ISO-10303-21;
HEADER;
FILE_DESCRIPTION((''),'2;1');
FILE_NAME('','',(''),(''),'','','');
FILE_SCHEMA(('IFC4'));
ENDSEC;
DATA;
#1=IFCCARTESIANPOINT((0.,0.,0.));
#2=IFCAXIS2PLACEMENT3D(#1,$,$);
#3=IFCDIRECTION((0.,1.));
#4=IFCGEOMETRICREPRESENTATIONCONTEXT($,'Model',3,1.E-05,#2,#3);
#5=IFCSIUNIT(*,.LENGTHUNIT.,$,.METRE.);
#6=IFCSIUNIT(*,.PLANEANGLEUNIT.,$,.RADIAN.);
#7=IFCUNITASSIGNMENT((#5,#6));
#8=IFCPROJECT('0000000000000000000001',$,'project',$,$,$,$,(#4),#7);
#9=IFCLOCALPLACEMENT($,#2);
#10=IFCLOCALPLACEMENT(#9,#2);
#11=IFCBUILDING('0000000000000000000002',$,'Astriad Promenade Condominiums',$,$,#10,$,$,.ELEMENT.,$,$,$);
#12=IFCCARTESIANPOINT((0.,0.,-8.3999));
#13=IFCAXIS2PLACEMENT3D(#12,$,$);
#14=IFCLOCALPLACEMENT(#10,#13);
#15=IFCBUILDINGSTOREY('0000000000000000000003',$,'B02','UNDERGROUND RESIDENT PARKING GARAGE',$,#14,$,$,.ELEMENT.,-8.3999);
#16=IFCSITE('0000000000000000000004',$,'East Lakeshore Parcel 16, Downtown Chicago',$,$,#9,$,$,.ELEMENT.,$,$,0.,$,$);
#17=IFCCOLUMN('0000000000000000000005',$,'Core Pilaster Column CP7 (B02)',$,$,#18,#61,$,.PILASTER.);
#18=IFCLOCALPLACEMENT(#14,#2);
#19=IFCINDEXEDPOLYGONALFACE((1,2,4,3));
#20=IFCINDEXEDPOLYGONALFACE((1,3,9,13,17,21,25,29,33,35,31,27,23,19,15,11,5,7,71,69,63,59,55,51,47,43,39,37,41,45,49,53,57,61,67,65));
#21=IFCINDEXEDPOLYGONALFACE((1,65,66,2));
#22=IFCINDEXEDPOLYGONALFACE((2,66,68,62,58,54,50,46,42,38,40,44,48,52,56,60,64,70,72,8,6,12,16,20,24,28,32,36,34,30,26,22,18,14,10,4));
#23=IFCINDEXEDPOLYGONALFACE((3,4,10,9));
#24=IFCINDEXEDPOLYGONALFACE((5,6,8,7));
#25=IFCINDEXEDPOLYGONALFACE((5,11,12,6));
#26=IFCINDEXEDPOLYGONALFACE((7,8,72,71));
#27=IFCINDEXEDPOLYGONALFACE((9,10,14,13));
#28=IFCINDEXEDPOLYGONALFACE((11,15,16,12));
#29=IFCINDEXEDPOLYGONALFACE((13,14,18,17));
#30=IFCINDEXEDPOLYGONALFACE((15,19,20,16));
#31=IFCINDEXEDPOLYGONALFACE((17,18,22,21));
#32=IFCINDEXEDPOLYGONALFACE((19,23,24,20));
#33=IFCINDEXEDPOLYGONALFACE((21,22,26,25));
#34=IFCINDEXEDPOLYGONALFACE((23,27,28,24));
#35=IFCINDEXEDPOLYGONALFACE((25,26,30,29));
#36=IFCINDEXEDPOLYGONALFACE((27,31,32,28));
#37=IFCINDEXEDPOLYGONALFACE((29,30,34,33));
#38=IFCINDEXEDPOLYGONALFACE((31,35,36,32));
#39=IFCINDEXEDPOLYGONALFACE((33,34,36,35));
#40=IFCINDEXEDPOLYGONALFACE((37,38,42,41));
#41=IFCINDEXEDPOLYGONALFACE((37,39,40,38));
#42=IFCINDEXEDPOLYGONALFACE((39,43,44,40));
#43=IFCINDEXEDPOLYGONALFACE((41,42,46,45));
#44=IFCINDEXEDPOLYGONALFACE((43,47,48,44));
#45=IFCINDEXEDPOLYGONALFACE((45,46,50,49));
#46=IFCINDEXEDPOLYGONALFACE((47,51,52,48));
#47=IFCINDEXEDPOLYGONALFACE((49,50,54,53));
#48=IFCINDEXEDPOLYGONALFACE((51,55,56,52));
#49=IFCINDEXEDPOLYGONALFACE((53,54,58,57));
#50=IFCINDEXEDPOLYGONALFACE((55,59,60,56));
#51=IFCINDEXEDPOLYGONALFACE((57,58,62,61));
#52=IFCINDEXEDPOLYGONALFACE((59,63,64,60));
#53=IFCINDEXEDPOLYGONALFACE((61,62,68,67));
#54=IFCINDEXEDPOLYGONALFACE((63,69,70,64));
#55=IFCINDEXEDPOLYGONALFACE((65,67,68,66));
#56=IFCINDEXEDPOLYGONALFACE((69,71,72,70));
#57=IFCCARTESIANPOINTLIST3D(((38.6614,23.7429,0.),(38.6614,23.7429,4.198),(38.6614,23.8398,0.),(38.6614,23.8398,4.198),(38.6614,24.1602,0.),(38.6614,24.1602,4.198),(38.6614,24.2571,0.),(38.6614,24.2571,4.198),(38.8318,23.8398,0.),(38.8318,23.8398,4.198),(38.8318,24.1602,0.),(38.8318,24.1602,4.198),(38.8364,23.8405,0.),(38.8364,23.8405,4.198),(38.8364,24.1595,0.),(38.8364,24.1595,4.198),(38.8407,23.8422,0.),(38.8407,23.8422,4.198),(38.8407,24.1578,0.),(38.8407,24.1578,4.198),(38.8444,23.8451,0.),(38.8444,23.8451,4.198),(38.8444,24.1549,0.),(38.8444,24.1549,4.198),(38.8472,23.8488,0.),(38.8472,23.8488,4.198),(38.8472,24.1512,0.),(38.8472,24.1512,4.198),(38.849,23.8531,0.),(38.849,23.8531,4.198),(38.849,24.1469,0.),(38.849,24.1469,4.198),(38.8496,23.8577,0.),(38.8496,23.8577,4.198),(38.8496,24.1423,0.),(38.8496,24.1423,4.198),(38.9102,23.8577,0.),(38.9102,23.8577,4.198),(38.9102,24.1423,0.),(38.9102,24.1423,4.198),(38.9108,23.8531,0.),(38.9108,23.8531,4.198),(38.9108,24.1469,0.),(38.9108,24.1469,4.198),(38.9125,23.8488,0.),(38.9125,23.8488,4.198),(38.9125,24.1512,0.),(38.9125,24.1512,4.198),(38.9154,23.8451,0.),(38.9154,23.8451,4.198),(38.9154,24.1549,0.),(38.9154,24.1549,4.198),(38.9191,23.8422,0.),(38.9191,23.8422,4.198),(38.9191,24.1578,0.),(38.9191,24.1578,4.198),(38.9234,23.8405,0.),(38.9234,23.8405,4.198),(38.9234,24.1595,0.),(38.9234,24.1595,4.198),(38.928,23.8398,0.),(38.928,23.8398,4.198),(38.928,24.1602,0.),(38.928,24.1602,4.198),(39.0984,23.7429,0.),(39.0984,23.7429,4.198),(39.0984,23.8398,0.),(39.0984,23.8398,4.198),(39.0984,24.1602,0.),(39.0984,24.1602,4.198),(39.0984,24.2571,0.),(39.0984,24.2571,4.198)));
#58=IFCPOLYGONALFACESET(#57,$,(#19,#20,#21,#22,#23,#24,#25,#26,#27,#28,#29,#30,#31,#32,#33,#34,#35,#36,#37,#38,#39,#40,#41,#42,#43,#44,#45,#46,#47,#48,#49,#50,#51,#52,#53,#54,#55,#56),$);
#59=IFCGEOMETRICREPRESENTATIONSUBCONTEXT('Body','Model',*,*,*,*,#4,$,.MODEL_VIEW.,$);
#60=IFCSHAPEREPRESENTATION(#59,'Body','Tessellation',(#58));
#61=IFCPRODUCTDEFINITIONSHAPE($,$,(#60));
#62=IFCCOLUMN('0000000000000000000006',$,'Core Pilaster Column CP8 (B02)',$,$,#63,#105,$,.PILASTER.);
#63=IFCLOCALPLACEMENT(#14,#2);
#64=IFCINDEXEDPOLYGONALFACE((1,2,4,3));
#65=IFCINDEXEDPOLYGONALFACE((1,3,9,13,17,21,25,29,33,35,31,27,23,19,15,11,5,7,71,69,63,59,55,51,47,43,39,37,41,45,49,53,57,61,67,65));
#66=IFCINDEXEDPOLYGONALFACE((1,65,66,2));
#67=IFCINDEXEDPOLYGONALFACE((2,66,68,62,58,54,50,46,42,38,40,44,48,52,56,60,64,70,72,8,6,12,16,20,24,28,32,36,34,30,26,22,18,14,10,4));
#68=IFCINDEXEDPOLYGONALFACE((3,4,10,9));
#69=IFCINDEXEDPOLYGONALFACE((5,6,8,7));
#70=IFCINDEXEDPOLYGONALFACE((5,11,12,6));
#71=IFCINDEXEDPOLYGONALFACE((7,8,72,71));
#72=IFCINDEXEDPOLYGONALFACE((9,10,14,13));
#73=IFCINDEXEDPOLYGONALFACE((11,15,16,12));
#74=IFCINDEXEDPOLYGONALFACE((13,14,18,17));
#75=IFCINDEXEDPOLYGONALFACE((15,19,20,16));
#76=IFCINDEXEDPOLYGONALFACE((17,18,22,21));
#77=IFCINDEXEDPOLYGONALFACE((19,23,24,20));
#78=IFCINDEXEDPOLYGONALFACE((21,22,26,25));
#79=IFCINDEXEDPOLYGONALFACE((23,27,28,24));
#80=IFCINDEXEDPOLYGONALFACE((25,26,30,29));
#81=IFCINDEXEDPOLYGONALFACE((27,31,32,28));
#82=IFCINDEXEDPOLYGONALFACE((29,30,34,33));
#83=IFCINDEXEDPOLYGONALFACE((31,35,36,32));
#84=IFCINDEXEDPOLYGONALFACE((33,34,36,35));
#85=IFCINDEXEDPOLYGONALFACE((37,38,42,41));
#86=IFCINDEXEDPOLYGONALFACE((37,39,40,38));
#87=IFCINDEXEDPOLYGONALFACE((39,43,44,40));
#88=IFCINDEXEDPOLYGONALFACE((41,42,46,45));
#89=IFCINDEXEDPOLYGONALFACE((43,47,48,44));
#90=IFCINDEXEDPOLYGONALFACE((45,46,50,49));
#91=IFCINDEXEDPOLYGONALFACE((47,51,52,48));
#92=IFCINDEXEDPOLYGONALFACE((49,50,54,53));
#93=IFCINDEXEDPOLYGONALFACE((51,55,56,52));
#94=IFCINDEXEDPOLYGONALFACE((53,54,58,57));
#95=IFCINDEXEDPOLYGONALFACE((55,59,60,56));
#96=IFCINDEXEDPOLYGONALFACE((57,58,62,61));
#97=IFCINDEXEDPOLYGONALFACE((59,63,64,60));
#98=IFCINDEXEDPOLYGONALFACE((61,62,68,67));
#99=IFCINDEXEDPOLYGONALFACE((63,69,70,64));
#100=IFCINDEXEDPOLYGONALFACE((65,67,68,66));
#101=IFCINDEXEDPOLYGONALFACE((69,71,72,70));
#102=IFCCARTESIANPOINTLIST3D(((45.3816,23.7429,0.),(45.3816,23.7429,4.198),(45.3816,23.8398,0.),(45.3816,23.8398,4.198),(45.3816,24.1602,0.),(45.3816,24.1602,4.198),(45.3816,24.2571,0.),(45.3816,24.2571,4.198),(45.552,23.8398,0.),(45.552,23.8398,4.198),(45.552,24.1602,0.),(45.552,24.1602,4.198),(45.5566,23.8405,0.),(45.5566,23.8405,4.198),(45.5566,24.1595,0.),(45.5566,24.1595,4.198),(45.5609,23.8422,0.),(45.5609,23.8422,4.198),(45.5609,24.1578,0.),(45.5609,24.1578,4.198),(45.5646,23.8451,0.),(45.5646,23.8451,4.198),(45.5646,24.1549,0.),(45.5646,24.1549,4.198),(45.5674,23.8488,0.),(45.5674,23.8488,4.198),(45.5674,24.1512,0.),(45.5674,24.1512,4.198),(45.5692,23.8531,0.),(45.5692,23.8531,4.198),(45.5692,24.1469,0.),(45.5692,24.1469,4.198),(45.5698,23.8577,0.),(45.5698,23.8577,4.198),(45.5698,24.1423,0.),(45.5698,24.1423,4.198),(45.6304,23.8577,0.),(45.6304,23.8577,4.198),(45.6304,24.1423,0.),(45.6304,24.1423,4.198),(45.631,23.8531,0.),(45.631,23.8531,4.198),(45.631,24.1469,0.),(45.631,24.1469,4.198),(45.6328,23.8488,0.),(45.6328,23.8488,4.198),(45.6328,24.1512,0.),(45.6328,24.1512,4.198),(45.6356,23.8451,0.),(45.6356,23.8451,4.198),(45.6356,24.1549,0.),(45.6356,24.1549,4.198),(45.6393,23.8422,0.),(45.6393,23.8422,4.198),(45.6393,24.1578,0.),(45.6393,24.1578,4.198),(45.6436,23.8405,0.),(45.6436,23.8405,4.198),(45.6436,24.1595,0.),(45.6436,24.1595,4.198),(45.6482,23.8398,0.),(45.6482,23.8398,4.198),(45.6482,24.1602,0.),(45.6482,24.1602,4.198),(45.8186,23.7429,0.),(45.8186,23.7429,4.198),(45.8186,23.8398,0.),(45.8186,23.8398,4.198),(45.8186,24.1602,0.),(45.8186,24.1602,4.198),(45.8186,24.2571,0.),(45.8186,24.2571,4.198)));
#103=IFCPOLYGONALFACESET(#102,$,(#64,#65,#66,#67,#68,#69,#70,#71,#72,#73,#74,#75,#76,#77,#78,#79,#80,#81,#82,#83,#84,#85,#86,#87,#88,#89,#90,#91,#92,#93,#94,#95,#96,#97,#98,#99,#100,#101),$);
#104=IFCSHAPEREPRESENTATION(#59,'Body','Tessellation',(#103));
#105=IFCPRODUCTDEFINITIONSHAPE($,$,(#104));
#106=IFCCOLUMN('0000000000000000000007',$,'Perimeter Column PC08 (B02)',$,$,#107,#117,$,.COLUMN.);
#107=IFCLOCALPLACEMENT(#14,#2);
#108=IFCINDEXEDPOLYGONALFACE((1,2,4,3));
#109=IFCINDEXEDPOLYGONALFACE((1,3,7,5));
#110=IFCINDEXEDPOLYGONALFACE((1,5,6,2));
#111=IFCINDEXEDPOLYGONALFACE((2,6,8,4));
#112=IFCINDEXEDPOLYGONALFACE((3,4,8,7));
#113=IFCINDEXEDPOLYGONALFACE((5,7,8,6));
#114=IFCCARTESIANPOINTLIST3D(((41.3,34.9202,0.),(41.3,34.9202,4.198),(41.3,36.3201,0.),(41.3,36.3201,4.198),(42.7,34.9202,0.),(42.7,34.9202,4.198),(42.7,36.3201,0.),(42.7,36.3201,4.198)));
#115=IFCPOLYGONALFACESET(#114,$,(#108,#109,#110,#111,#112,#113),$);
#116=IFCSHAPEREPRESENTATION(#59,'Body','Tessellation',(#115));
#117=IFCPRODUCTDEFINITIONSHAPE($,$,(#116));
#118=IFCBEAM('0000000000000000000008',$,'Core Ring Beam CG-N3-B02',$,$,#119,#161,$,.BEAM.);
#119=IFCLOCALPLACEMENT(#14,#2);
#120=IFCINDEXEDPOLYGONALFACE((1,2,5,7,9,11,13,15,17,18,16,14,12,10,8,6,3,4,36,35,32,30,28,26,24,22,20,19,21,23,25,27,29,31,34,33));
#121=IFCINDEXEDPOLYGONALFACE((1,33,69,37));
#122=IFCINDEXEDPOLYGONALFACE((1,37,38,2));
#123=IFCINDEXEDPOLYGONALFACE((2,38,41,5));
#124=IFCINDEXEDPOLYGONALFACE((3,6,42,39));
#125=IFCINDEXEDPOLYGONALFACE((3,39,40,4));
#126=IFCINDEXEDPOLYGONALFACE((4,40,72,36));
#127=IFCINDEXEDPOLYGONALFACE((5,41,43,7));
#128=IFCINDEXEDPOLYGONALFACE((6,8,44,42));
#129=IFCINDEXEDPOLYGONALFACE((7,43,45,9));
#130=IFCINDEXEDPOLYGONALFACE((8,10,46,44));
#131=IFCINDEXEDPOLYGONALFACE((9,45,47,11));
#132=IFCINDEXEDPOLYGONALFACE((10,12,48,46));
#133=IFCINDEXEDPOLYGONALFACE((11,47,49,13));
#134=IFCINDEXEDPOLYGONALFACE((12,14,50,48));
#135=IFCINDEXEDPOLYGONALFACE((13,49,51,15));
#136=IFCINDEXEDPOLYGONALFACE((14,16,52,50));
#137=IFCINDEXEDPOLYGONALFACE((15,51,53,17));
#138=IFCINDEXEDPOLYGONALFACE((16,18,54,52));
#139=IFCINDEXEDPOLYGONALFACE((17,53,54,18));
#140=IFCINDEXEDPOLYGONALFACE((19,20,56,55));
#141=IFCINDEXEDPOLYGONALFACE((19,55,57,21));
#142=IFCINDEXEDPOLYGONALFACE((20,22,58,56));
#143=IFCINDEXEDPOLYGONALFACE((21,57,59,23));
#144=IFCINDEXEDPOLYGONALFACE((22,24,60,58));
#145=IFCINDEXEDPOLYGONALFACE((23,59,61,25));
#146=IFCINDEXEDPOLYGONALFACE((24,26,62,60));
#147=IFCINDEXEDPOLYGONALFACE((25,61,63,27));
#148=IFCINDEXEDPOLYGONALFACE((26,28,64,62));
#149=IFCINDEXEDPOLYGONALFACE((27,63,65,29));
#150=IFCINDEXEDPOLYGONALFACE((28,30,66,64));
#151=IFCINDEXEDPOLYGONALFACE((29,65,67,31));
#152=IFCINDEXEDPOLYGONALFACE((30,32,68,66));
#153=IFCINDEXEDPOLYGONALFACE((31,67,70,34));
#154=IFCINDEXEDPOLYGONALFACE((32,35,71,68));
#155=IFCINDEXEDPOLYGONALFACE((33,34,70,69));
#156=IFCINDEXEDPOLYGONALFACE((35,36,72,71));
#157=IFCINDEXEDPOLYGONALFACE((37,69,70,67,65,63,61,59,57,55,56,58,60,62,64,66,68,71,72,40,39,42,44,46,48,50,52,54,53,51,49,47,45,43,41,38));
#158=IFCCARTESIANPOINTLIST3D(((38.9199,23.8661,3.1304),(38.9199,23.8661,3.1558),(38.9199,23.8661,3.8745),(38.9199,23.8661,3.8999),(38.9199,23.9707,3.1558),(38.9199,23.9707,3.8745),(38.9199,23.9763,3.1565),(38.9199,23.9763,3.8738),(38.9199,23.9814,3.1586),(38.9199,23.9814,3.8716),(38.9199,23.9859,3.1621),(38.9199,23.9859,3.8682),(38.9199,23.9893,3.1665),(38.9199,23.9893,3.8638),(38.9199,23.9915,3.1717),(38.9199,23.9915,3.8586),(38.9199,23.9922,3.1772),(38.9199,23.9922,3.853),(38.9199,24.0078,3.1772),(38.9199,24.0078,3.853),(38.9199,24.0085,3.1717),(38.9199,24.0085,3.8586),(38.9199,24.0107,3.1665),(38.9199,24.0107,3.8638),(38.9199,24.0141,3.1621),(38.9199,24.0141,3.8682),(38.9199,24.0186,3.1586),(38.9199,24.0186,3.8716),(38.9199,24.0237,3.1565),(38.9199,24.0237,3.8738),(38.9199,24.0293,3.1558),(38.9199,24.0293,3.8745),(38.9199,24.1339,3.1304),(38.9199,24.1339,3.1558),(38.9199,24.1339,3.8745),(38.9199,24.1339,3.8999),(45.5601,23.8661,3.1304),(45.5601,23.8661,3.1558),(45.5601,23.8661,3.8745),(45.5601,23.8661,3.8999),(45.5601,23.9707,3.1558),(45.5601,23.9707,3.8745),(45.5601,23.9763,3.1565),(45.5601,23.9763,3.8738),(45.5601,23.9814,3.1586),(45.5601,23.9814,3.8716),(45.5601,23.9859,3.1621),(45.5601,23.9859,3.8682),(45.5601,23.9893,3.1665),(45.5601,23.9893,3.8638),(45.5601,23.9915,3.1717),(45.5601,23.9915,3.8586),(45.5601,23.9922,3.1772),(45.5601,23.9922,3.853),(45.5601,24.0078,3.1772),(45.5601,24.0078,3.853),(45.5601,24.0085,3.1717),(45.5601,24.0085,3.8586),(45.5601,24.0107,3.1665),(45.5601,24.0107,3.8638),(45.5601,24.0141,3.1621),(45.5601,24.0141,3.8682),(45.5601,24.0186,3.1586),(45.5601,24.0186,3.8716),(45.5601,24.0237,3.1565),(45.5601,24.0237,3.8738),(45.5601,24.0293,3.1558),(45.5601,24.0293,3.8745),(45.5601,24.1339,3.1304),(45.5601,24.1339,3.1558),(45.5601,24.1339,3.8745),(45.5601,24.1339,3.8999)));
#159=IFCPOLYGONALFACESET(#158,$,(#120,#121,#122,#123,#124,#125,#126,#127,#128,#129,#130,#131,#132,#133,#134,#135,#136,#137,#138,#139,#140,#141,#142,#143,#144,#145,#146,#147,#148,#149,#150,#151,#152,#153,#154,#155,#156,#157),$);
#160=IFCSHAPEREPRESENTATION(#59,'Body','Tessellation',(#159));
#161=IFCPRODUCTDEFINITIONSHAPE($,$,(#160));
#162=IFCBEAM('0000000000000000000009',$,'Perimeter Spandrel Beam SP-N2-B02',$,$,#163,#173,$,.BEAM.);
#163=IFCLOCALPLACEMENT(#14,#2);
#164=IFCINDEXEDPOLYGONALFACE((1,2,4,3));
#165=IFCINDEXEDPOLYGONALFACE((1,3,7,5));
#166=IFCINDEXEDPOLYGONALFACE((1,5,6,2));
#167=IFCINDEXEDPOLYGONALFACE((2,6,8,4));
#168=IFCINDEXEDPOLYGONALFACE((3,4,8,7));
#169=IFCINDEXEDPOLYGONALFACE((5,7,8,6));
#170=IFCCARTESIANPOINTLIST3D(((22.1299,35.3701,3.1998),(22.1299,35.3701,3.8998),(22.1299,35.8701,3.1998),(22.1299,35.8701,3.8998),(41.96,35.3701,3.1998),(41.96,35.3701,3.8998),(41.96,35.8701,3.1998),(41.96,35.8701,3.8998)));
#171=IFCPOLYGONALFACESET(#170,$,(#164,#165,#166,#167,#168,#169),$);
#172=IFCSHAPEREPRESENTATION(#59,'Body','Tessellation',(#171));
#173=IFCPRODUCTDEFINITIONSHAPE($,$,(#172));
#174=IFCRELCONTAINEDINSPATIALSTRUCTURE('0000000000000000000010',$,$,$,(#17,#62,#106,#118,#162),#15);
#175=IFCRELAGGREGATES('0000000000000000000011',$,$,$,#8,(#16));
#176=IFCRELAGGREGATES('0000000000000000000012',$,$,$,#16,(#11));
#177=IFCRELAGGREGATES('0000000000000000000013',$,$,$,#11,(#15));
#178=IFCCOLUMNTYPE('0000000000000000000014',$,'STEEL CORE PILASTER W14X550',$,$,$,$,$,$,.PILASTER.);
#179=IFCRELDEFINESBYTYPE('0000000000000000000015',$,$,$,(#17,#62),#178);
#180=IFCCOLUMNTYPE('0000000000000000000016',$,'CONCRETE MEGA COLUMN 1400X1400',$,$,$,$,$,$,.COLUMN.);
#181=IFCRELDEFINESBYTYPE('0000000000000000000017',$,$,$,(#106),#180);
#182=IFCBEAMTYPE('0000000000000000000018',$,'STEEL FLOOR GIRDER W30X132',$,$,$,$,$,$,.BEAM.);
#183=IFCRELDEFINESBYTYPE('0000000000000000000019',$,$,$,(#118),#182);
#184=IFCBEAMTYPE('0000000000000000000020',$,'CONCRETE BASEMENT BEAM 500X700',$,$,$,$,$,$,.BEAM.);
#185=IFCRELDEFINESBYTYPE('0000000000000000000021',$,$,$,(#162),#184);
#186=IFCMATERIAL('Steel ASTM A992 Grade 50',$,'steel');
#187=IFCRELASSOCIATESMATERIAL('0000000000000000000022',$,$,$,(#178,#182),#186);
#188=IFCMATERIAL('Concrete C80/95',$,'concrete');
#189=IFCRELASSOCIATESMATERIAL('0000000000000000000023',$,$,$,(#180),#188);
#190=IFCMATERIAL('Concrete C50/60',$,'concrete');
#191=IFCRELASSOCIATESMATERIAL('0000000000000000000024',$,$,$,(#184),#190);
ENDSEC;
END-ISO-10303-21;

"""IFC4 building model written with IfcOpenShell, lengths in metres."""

from ifc_helpers import new_model, si_unit, direction, frame, origin, origin_2d, place, context, subcontext, project, spatial, rectangle, i_section, extrude, source, transform, mapped, material, material_profile, profile_set, type_object, type_shapes, element, save


model = new_model("IFC4")

# Units and contexts
model_context = context("Model", 3, precision=1e-05, world=origin(), true_north=direction((0.0, 1.0)))
body_context = subcontext(model_context, "Body", "Model", "MODEL_VIEW")
ifc_project = project(units=[si_unit("LENGTHUNIT", "METRE"), si_unit("PLANEANGLEUNIT", "RADIAN")], contexts=[model_context])

# Site, building, storey
site_placement = place(None, origin())
site = spatial("IfcSite", under=ifc_project, at=site_placement, Name="East Lakeshore Parcel 16, Downtown Chicago", CompositionType="ELEMENT", RefElevation=0.0)
building_placement = place(site_placement, origin())
building = spatial("IfcBuilding", under=site, at=building_placement, Name="Astriad Promenade Condominiums", CompositionType="ELEMENT")
storey_placement = place(building_placement, frame((0.0, 0.0, -8.3999)))
storey = spatial("IfcBuildingStorey", under=building, at=storey_placement, Name="B02", Description="UNDERGROUND RESIDENT PARKING GARAGE", CompositionType="ELEMENT", Elevation=-8.3999)

# Shared definitions
ifc_material_1 = material(Name="Concrete C50/60", Category="concrete")

# Columns
ifc_material_2 = material(Name="Steel ASTM A992 Grade 50", Category="steel")
ifc_material_profile_1 = material_profile(ifc_material_2, i_section(OverallWidth=0.437, OverallDepth=0.5142, WebThickness=0.0605, FlangeThickness=0.0969, FilletRadius=0.0178, at=origin_2d()), Name="W14X550")
ifc_profile_set_1 = profile_set([ifc_material_profile_1], Name="Steel ASTM A992 Grade 50")
column_type_1 = type_object("IfcColumnType", Name="STEEL CORE PILASTER W14X550", PredefinedType="PILASTER", material=ifc_profile_set_1)
shared_shape_1 = source(origin(), body_context, "Body", "SweptSolid", [
    extrude(i_section(OverallWidth=0.437, OverallDepth=0.5142, WebThickness=0.0605, FlangeThickness=0.0969, FilletRadius=0.0178, at=origin_2d()), origin(), (0.0, 0.0, 1.0), 4.198),
])
type_shapes(column_type_1, [shared_shape_1])
for number, where, z_axis, x_axis, name in (
    (1, (38.8799, 24.0, 0.0), (0.0, 0.0, 1.0), (1.0, 0.0, 0.0), "Core Pilaster Column CP7 (B02)"),
    (2, (45.6001, 24.0, 0.0), (0.0, 0.0, 1.0), (1.0, 0.0, 0.0), "Core Pilaster Column CP8 (B02)"),
):
    element("IfcColumn", number, at=place(storey_placement, frame(where, z_axis=z_axis, x_axis=x_axis)), inside=storey, type_object=column_type_1, Name=name, PredefinedType="PILASTER", context=body_context, shape_type="MappedRepresentation", body=[
        mapped(shared_shape_1, transform((0.0, 0.0, 0.0), scale=1.0)),
    ])
ifc_material_3 = material(Name="Concrete C80/95", Category="concrete")
ifc_material_profile_2 = material_profile(ifc_material_3, rectangle(XDim=1.3999, YDim=1.3999, at=origin_2d()), Name="RC-COL-1400X1400")
ifc_profile_set_2 = profile_set([ifc_material_profile_2], Name="Concrete C80/95")
column_type_2 = type_object("IfcColumnType", Name="CONCRETE MEGA COLUMN 1400X1400", PredefinedType="COLUMN", material=ifc_profile_set_2)
shared_shape_2 = source(origin(), body_context, "Body", "SweptSolid", [
    extrude(rectangle(XDim=1.3999, YDim=1.3999, at=origin_2d()), origin(), (0.0, 0.0, 1.0), 4.198),
])
type_shapes(column_type_2, [shared_shape_2])
column_placement = place(storey_placement, frame((42.0, 35.6201, 0.0), z_axis=(0.0, 0.0, 1.0), x_axis=(1.0, 0.0, 0.0)))
element("IfcColumn", 3, at=column_placement, inside=storey, type_object=column_type_2, Name="Perimeter Column PC08 (B02)", PredefinedType="COLUMN", context=body_context, shape_type="MappedRepresentation", body=[
    mapped(shared_shape_2, transform((0.0, 0.0, 0.0), scale=1.0)),
])

# Beams
ifc_material_profile_3 = material_profile(ifc_material_2, i_section(OverallWidth=0.2678, OverallDepth=0.7695, WebThickness=0.0156, FlangeThickness=0.0254, FilletRadius=0.0215, at=origin_2d()), Name="W30X132")
ifc_profile_set_3 = profile_set([ifc_material_profile_3], Name="Steel ASTM A992 Grade 50")
beam_type_1 = type_object("IfcBeamType", Name="STEEL FLOOR GIRDER W30X132", PredefinedType="BEAM", material=ifc_profile_set_3)
shared_shape_3 = source(origin(), body_context, "Body", "SweptSolid", [
    extrude(i_section(OverallWidth=0.2678, OverallDepth=0.7695, WebThickness=0.0156, FlangeThickness=0.0254, FilletRadius=0.0215, at=origin_2d()), origin(), (0.0, 0.0, 1.0), 6.6401),
])
type_shapes(beam_type_1, [shared_shape_3])
beam_1_placement = place(storey_placement, frame((38.9199, 24.0, 3.5151), z_axis=(1.0, 0.0, 0.0), x_axis=(0.0, 1.0, 0.0)))
element("IfcBeam", 4, at=beam_1_placement, inside=storey, type_object=beam_type_1, Name="Core Ring Beam CG-N3-B02", PredefinedType="BEAM", context=body_context, shape_type="MappedRepresentation", body=[
    mapped(shared_shape_3, transform((0.0, 0.0, 0.0), scale=1.0)),
])
ifc_material_profile_4 = material_profile(ifc_material_1, rectangle(XDim=0.5, YDim=0.7, at=origin_2d()), Name="RC-BM-500X700")
ifc_profile_set_4 = profile_set([ifc_material_profile_4], Name="Concrete C50/60")
beam_type_2 = type_object("IfcBeamType", Name="CONCRETE BASEMENT BEAM 500X700", PredefinedType="BEAM", material=ifc_profile_set_4)
shared_shape_4 = source(origin(), body_context, "Body", "SweptSolid", [
    extrude(rectangle(XDim=0.5, YDim=0.7, at=origin_2d()), origin(), (0.0, 0.0, 1.0), 19.8301),
])
type_shapes(beam_type_2, [shared_shape_4])
beam_2_placement = place(storey_placement, frame((41.96, 35.6201, 3.5498), z_axis=(-1.0, 0.0, 0.0), x_axis=(0.0, -1.0, 0.0)))
element("IfcBeam", 5, at=beam_2_placement, inside=storey, type_object=beam_type_2, Name="Perimeter Spandrel Beam SP-N2-B02", PredefinedType="BEAM", context=body_context, shape_type="MappedRepresentation", body=[
    mapped(shared_shape_4, transform((0.0, 0.0, 0.0), scale=1.0)),
])

save(model, "model.ifc")
